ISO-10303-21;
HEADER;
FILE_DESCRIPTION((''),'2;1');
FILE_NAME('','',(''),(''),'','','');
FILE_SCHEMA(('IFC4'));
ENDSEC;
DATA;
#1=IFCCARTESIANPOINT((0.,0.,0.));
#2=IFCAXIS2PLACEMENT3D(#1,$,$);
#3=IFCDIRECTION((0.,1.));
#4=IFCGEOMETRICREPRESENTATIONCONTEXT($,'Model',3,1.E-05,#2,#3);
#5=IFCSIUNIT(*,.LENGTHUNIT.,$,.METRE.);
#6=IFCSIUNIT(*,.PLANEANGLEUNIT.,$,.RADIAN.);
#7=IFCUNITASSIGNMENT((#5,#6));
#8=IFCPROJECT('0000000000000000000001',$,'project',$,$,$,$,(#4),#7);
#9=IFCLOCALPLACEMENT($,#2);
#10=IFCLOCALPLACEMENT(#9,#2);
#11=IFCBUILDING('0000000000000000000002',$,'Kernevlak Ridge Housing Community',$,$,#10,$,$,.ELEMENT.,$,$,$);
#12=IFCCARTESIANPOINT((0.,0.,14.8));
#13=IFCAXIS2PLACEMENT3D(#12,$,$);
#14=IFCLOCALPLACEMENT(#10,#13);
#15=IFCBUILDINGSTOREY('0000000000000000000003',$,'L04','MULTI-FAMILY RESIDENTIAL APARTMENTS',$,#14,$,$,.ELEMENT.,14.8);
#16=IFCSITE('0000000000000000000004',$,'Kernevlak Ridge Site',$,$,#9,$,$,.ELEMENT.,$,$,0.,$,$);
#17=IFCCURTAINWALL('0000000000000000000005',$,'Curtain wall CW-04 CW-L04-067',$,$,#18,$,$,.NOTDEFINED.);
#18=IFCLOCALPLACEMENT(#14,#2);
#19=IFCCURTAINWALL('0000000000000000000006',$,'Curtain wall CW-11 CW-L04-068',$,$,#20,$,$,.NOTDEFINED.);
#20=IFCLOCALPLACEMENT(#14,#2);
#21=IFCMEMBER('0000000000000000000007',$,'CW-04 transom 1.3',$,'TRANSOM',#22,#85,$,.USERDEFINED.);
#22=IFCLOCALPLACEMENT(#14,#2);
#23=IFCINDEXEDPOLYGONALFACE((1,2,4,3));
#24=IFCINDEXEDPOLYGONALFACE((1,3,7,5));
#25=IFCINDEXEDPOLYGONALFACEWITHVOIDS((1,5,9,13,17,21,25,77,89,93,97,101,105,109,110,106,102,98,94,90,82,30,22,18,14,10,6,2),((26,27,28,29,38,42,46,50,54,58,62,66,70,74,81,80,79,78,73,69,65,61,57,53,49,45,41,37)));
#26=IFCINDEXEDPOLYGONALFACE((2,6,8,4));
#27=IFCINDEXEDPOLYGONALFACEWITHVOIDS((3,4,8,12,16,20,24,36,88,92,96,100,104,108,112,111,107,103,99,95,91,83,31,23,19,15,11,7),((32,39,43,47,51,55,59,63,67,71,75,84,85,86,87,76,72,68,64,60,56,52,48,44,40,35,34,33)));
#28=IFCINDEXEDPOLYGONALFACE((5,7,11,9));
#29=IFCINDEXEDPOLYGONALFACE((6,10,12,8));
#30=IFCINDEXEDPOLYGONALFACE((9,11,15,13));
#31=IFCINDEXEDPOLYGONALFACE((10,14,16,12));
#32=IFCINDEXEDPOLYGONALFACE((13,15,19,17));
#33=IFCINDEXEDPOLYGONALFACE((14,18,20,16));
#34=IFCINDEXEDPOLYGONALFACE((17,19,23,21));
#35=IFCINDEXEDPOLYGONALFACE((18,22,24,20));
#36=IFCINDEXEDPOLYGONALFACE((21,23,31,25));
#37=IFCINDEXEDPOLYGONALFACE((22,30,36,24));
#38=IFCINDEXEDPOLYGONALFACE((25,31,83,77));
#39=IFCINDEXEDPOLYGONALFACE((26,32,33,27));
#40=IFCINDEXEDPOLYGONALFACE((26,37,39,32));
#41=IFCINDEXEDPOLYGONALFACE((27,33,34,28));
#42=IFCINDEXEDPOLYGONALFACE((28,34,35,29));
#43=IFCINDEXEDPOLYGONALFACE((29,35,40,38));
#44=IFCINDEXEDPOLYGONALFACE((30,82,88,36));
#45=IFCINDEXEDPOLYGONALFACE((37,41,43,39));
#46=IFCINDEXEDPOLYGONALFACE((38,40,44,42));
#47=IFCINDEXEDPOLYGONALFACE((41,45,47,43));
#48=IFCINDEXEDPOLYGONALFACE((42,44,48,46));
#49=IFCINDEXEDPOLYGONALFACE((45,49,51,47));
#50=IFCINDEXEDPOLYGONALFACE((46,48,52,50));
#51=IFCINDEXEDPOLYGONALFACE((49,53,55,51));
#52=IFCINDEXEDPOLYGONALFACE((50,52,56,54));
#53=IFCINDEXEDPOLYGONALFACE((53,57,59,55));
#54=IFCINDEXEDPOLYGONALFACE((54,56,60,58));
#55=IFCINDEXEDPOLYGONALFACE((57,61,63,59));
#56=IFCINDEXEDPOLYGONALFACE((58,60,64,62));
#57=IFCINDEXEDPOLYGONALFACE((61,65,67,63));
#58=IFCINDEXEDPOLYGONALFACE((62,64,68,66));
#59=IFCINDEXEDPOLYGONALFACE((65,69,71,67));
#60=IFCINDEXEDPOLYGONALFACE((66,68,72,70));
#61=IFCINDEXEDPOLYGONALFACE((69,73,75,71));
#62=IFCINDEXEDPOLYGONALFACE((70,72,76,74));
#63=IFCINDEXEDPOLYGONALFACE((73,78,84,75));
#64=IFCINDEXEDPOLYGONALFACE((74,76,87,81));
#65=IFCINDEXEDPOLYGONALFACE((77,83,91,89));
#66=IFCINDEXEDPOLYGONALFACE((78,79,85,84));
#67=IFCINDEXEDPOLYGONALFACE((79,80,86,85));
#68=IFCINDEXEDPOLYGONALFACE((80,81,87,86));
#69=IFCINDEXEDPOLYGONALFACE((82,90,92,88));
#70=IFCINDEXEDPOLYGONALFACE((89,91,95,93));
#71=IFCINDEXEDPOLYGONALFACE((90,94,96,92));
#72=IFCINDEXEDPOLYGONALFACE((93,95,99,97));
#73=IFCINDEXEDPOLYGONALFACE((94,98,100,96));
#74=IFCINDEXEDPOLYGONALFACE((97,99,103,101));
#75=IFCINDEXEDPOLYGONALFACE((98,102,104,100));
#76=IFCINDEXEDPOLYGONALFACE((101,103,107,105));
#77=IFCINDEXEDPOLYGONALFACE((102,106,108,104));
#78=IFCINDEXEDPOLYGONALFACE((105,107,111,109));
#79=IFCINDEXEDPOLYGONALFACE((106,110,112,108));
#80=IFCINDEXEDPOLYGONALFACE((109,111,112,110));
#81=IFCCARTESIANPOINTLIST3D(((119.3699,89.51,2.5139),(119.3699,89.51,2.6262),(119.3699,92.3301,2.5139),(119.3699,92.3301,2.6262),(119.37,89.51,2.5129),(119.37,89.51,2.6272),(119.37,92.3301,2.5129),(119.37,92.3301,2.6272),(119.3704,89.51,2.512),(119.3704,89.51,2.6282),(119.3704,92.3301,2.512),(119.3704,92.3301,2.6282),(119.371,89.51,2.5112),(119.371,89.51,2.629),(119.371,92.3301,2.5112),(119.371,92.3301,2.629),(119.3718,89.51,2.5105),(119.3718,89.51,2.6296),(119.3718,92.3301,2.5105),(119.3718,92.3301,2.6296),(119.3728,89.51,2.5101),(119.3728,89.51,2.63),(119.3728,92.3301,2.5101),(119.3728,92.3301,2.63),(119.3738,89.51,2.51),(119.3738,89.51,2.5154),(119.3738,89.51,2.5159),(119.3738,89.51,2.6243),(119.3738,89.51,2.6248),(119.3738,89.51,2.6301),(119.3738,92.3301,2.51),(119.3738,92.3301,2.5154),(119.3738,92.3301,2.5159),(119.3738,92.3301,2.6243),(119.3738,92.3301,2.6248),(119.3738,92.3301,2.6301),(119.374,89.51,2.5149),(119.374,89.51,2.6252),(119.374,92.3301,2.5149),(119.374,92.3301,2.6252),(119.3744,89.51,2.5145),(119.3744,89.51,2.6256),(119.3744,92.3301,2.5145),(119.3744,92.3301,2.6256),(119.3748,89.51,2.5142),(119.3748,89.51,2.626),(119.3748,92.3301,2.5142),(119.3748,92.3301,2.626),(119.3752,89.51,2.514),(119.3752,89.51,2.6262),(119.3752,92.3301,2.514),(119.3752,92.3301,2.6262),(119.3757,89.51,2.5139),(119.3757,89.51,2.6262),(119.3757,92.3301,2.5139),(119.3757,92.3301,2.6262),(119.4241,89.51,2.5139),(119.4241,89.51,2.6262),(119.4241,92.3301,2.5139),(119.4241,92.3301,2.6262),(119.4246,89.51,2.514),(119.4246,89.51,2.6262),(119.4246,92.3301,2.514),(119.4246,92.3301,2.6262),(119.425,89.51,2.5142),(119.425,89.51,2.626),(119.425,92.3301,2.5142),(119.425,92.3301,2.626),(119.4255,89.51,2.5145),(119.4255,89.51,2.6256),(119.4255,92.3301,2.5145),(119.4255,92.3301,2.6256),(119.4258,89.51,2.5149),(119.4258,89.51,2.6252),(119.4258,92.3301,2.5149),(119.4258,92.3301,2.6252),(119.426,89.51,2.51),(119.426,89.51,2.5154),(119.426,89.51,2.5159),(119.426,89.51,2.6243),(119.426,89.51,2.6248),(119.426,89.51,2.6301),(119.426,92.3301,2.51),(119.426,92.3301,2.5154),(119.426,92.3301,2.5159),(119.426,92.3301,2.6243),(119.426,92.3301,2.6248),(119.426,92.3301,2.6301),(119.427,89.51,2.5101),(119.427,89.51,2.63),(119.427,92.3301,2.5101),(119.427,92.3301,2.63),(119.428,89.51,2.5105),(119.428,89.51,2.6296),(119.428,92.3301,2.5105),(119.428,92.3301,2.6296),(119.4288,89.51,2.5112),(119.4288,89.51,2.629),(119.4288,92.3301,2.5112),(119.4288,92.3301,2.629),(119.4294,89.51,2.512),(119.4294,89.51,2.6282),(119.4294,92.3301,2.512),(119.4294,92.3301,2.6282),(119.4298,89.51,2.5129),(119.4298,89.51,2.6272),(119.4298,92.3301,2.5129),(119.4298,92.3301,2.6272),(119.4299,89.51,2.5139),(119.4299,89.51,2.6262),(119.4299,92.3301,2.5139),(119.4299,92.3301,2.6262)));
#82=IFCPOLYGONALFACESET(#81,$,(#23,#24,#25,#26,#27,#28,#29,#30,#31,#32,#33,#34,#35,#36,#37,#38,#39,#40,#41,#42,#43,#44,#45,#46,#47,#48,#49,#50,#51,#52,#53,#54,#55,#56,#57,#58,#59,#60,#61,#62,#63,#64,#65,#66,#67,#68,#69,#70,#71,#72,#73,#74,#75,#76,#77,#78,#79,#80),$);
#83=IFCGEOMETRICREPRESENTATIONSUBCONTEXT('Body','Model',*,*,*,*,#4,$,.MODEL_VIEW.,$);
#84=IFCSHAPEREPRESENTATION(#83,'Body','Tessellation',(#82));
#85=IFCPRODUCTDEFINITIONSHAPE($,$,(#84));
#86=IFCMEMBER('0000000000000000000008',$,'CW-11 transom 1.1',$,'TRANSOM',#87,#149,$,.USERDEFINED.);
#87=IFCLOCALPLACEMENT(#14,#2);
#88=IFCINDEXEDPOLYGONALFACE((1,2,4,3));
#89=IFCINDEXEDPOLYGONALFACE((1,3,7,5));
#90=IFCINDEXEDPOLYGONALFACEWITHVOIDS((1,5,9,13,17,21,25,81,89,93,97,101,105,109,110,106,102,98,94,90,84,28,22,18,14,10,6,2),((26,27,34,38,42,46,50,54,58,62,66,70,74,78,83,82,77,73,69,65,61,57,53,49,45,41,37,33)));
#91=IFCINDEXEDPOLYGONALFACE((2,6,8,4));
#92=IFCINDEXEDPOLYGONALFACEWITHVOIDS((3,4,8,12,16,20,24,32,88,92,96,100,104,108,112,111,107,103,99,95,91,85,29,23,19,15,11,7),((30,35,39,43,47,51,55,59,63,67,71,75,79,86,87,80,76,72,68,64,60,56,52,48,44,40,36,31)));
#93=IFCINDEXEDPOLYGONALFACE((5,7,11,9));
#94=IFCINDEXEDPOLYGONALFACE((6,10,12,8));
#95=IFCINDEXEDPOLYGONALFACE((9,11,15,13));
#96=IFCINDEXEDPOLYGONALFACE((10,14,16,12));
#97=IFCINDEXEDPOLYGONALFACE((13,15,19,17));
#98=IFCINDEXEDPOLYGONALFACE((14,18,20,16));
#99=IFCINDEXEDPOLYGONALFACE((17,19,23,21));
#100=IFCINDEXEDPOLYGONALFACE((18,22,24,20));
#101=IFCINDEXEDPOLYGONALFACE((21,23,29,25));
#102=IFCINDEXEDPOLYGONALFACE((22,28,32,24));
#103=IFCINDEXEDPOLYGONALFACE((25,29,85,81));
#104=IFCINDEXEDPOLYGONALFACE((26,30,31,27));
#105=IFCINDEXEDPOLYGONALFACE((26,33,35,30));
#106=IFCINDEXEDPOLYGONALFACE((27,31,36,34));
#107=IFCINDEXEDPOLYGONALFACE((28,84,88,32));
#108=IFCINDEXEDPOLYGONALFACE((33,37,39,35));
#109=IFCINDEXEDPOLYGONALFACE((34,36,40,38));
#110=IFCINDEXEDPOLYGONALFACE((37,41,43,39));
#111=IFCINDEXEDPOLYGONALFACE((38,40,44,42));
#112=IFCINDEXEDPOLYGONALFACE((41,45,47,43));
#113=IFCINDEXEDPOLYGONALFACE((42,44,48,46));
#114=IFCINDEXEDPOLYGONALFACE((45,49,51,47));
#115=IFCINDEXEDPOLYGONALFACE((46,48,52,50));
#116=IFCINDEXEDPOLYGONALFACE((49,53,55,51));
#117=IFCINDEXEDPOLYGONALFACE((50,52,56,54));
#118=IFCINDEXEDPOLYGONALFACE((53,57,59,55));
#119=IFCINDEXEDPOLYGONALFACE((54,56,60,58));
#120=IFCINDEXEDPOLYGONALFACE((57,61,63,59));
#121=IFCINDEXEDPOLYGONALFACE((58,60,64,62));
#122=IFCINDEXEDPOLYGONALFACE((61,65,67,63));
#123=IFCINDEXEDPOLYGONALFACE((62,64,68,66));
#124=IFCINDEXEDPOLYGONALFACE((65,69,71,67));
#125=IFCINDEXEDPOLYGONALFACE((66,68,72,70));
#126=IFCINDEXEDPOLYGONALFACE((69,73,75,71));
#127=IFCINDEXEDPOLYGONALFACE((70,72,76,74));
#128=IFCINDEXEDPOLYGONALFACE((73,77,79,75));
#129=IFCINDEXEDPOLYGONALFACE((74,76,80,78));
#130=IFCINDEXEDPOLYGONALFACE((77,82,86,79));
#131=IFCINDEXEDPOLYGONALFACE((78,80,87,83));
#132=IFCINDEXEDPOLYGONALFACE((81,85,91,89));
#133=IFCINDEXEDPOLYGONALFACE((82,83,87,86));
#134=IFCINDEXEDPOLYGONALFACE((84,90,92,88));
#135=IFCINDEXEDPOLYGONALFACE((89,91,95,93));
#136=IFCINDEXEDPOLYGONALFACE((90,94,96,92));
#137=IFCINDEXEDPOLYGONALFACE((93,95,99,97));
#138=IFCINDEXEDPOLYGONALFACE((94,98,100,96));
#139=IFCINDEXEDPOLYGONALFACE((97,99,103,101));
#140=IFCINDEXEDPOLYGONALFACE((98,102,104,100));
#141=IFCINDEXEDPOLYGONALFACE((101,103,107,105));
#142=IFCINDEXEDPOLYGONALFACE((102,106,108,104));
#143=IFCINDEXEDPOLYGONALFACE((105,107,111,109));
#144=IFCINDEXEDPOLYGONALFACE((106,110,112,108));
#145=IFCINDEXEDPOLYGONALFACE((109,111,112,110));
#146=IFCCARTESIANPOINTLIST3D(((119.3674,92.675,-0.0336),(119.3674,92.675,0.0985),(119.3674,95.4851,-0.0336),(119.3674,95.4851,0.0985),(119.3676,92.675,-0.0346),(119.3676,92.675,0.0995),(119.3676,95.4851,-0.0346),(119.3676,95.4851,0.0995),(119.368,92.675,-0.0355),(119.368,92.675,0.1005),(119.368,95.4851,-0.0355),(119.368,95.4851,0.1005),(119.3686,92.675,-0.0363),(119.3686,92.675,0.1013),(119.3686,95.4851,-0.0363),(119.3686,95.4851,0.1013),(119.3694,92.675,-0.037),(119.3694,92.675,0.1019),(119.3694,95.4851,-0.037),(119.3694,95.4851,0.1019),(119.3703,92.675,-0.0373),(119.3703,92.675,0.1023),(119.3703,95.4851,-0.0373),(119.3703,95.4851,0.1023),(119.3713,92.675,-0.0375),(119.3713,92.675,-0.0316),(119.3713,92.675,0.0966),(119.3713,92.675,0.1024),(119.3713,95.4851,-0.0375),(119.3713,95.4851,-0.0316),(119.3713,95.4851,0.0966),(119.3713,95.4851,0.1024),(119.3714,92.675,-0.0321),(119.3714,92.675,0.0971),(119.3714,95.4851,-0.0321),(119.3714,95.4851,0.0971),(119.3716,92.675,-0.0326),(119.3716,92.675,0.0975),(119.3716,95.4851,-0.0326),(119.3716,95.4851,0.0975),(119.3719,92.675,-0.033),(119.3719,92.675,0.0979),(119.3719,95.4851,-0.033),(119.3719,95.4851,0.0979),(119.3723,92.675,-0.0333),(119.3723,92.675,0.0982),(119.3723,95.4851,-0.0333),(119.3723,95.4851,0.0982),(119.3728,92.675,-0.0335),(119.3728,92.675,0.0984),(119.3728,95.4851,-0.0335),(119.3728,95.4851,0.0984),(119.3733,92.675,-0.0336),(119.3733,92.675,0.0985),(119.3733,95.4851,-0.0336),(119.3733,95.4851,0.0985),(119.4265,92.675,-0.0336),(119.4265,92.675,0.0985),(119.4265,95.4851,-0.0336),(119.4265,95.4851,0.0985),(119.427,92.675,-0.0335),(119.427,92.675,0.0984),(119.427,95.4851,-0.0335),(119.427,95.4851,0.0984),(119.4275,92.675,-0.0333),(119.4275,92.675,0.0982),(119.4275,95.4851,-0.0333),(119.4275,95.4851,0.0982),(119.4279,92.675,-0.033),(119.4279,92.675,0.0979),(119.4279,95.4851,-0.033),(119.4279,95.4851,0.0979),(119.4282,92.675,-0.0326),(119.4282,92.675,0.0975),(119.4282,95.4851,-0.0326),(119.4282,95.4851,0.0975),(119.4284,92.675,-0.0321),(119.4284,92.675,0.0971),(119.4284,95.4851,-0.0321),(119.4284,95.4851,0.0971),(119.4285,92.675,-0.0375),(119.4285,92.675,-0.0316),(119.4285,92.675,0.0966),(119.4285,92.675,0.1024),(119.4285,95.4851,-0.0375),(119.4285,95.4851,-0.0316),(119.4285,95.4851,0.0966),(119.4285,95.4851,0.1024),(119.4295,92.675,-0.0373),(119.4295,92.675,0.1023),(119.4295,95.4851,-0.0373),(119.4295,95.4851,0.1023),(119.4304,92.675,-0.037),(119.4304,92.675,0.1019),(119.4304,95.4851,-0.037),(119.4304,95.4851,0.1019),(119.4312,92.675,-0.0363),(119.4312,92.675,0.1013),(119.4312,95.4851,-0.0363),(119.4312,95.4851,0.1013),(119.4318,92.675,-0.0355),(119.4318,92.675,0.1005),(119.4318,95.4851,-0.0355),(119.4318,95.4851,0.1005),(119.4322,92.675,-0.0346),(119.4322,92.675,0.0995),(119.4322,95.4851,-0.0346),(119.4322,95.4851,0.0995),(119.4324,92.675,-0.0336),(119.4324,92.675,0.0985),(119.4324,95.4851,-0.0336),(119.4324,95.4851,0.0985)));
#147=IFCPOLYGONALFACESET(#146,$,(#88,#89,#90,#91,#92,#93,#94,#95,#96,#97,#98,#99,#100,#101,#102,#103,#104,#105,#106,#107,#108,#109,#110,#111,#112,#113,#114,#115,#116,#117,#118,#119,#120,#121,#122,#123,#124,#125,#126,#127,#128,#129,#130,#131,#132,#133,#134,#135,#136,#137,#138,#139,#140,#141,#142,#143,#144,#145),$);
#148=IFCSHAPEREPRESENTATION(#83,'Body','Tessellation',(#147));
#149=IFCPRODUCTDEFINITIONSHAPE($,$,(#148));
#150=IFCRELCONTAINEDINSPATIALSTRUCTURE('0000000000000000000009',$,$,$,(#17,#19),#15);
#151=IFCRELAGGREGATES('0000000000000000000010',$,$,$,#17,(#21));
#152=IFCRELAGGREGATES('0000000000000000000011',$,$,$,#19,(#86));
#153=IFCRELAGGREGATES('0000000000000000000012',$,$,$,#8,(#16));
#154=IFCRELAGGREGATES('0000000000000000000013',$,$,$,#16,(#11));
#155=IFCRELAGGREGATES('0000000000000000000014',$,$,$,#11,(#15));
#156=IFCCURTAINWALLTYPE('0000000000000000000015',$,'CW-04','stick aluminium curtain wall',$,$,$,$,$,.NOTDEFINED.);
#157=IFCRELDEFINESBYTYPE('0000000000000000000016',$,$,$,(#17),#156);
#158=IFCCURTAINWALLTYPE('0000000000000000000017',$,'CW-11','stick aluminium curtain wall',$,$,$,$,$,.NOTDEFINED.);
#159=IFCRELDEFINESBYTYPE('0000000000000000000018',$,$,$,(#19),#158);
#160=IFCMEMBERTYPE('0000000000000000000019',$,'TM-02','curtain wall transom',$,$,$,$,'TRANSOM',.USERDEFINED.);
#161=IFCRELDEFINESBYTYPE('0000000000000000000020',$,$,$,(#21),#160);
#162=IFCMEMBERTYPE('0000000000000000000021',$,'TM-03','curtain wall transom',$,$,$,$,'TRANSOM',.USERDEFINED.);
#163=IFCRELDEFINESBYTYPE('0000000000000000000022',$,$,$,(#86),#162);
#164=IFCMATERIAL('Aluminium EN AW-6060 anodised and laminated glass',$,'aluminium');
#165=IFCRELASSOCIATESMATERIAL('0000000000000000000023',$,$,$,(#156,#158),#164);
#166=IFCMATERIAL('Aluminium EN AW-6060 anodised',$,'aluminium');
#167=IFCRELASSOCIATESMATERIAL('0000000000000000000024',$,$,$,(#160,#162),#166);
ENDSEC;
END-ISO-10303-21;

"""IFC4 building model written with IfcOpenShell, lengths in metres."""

from ifc_helpers import new_model, si_unit, direction, frame, origin, origin_2d, place, context, subcontext, project, spatial, hollow_rectangle, extrude, material, material_profile, profile_set, type_object, element, aggregate, save


model = new_model("IFC4")

# Units and contexts
model_context = context("Model", 3, precision=1e-05, world=origin(), true_north=direction((0.0, 1.0)))
body_context = subcontext(model_context, "Body", "Model", "MODEL_VIEW")
ifc_project = project(units=[si_unit("LENGTHUNIT", "METRE"), si_unit("PLANEANGLEUNIT", "RADIAN")], contexts=[model_context])

# Site, building, storey
site_placement = place(None, origin())
site = spatial("IfcSite", under=ifc_project, at=site_placement, Name="Kernevlak Ridge Site", CompositionType="ELEMENT", RefElevation=0.0)
building_placement = place(site_placement, origin())
building = spatial("IfcBuilding", under=site, at=building_placement, Name="Kernevlak Ridge Housing Community", CompositionType="ELEMENT")
storey_placement = place(building_placement, frame((0.0, 0.0, 14.8)))
storey = spatial("IfcBuildingStorey", under=building, at=storey_placement, Name="L04", Description="MULTI-FAMILY RESIDENTIAL APARTMENTS", CompositionType="ELEMENT", Elevation=14.8)

# Curtain walls
ifc_material_1 = material(Name="Aluminium EN AW-6060 anodised and laminated glass", Category="aluminium")
curtain_wall_type_1 = type_object("IfcCurtainWallType", Name="CW-04", Description="stick aluminium curtain wall", PredefinedType="NOTDEFINED", material=ifc_material_1)
curtain_wall_1_placement = place(storey_placement, origin())
curtain_wall_1 = element("IfcCurtainWall", 1, at=curtain_wall_1_placement, inside=storey, type_object=curtain_wall_type_1, Name="Curtain wall CW-04 CW-L04-067", PredefinedType="NOTDEFINED")
ifc_material_2 = material(Name="Aluminium EN AW-6060 anodised", Category="aluminium")
curtain_wall_type_2 = type_object("IfcCurtainWallType", Name="CW-11", Description="stick aluminium curtain wall", PredefinedType="NOTDEFINED", material=ifc_material_1)
curtain_wall_2_placement = place(storey_placement, origin())
curtain_wall_2 = element("IfcCurtainWall", 2, at=curtain_wall_2_placement, inside=storey, type_object=curtain_wall_type_2, Name="Curtain wall CW-11 CW-L04-068", PredefinedType="NOTDEFINED")

# Members
ifc_material_profile_1 = material_profile(ifc_material_2, hollow_rectangle(XDim=0.0601, YDim=0.1201, WallThickness=0.0039, InnerFilletRadius=0.002, OuterFilletRadius=0.0039, at=origin_2d()), Name="ALU 60x120x4")
ifc_profile_set_1 = profile_set([ifc_material_profile_1], Name="Aluminium EN AW-6060 anodised")
member_type_1 = type_object("IfcMemberType", Name="TM-02", Description="curtain wall transom", ElementType="TRANSOM", PredefinedType="USERDEFINED", material=ifc_profile_set_1)
member_1_placement = place(storey_placement, frame((119.3999, 89.51, 2.5701), z_axis=(0.0, 1.0, 0.0), x_axis=(-1.0, 0.0, 0.0)))
member_1 = element("IfcMember", 3, at=member_1_placement, type_object=member_type_1, Name="CW-04 transom 1.3", ObjectType="TRANSOM", PredefinedType="USERDEFINED", context=body_context, shape_type="SweptSolid", body=[
    extrude(hollow_rectangle(XDim=0.0601, YDim=0.1201, WallThickness=0.0039, InnerFilletRadius=0.002, OuterFilletRadius=0.0039, at=origin_2d()), origin(), (0.0, 0.0, 1.0), 2.8201),
])
ifc_material_profile_2 = material_profile(ifc_material_2, hollow_rectangle(XDim=0.0649, YDim=0.1399, WallThickness=0.0039, InnerFilletRadius=0.002, OuterFilletRadius=0.0039, at=origin_2d()), Name="ALU 65x140x4")
ifc_profile_set_2 = profile_set([ifc_material_profile_2], Name="Aluminium EN AW-6060 anodised")
member_type_2 = type_object("IfcMemberType", Name="TM-03", Description="curtain wall transom", ElementType="TRANSOM", PredefinedType="USERDEFINED", material=ifc_profile_set_2)
member_2_placement = place(storey_placement, frame((119.3999, 92.675, 0.0325), z_axis=(0.0, 1.0, 0.0), x_axis=(-1.0, 0.0, 0.0)))
member_2 = element("IfcMember", 4, at=member_2_placement, type_object=member_type_2, Name="CW-11 transom 1.1", ObjectType="TRANSOM", PredefinedType="USERDEFINED", context=body_context, shape_type="SweptSolid", body=[
    extrude(hollow_rectangle(XDim=0.0649, YDim=0.1399, WallThickness=0.0039, InnerFilletRadius=0.002, OuterFilletRadius=0.0039, at=origin_2d()), origin(), (0.0, 0.0, 1.0), 2.8101),
])

aggregate(curtain_wall_1, [member_1])
aggregate(curtain_wall_2, [member_2])

save(model, "model.ifc")
